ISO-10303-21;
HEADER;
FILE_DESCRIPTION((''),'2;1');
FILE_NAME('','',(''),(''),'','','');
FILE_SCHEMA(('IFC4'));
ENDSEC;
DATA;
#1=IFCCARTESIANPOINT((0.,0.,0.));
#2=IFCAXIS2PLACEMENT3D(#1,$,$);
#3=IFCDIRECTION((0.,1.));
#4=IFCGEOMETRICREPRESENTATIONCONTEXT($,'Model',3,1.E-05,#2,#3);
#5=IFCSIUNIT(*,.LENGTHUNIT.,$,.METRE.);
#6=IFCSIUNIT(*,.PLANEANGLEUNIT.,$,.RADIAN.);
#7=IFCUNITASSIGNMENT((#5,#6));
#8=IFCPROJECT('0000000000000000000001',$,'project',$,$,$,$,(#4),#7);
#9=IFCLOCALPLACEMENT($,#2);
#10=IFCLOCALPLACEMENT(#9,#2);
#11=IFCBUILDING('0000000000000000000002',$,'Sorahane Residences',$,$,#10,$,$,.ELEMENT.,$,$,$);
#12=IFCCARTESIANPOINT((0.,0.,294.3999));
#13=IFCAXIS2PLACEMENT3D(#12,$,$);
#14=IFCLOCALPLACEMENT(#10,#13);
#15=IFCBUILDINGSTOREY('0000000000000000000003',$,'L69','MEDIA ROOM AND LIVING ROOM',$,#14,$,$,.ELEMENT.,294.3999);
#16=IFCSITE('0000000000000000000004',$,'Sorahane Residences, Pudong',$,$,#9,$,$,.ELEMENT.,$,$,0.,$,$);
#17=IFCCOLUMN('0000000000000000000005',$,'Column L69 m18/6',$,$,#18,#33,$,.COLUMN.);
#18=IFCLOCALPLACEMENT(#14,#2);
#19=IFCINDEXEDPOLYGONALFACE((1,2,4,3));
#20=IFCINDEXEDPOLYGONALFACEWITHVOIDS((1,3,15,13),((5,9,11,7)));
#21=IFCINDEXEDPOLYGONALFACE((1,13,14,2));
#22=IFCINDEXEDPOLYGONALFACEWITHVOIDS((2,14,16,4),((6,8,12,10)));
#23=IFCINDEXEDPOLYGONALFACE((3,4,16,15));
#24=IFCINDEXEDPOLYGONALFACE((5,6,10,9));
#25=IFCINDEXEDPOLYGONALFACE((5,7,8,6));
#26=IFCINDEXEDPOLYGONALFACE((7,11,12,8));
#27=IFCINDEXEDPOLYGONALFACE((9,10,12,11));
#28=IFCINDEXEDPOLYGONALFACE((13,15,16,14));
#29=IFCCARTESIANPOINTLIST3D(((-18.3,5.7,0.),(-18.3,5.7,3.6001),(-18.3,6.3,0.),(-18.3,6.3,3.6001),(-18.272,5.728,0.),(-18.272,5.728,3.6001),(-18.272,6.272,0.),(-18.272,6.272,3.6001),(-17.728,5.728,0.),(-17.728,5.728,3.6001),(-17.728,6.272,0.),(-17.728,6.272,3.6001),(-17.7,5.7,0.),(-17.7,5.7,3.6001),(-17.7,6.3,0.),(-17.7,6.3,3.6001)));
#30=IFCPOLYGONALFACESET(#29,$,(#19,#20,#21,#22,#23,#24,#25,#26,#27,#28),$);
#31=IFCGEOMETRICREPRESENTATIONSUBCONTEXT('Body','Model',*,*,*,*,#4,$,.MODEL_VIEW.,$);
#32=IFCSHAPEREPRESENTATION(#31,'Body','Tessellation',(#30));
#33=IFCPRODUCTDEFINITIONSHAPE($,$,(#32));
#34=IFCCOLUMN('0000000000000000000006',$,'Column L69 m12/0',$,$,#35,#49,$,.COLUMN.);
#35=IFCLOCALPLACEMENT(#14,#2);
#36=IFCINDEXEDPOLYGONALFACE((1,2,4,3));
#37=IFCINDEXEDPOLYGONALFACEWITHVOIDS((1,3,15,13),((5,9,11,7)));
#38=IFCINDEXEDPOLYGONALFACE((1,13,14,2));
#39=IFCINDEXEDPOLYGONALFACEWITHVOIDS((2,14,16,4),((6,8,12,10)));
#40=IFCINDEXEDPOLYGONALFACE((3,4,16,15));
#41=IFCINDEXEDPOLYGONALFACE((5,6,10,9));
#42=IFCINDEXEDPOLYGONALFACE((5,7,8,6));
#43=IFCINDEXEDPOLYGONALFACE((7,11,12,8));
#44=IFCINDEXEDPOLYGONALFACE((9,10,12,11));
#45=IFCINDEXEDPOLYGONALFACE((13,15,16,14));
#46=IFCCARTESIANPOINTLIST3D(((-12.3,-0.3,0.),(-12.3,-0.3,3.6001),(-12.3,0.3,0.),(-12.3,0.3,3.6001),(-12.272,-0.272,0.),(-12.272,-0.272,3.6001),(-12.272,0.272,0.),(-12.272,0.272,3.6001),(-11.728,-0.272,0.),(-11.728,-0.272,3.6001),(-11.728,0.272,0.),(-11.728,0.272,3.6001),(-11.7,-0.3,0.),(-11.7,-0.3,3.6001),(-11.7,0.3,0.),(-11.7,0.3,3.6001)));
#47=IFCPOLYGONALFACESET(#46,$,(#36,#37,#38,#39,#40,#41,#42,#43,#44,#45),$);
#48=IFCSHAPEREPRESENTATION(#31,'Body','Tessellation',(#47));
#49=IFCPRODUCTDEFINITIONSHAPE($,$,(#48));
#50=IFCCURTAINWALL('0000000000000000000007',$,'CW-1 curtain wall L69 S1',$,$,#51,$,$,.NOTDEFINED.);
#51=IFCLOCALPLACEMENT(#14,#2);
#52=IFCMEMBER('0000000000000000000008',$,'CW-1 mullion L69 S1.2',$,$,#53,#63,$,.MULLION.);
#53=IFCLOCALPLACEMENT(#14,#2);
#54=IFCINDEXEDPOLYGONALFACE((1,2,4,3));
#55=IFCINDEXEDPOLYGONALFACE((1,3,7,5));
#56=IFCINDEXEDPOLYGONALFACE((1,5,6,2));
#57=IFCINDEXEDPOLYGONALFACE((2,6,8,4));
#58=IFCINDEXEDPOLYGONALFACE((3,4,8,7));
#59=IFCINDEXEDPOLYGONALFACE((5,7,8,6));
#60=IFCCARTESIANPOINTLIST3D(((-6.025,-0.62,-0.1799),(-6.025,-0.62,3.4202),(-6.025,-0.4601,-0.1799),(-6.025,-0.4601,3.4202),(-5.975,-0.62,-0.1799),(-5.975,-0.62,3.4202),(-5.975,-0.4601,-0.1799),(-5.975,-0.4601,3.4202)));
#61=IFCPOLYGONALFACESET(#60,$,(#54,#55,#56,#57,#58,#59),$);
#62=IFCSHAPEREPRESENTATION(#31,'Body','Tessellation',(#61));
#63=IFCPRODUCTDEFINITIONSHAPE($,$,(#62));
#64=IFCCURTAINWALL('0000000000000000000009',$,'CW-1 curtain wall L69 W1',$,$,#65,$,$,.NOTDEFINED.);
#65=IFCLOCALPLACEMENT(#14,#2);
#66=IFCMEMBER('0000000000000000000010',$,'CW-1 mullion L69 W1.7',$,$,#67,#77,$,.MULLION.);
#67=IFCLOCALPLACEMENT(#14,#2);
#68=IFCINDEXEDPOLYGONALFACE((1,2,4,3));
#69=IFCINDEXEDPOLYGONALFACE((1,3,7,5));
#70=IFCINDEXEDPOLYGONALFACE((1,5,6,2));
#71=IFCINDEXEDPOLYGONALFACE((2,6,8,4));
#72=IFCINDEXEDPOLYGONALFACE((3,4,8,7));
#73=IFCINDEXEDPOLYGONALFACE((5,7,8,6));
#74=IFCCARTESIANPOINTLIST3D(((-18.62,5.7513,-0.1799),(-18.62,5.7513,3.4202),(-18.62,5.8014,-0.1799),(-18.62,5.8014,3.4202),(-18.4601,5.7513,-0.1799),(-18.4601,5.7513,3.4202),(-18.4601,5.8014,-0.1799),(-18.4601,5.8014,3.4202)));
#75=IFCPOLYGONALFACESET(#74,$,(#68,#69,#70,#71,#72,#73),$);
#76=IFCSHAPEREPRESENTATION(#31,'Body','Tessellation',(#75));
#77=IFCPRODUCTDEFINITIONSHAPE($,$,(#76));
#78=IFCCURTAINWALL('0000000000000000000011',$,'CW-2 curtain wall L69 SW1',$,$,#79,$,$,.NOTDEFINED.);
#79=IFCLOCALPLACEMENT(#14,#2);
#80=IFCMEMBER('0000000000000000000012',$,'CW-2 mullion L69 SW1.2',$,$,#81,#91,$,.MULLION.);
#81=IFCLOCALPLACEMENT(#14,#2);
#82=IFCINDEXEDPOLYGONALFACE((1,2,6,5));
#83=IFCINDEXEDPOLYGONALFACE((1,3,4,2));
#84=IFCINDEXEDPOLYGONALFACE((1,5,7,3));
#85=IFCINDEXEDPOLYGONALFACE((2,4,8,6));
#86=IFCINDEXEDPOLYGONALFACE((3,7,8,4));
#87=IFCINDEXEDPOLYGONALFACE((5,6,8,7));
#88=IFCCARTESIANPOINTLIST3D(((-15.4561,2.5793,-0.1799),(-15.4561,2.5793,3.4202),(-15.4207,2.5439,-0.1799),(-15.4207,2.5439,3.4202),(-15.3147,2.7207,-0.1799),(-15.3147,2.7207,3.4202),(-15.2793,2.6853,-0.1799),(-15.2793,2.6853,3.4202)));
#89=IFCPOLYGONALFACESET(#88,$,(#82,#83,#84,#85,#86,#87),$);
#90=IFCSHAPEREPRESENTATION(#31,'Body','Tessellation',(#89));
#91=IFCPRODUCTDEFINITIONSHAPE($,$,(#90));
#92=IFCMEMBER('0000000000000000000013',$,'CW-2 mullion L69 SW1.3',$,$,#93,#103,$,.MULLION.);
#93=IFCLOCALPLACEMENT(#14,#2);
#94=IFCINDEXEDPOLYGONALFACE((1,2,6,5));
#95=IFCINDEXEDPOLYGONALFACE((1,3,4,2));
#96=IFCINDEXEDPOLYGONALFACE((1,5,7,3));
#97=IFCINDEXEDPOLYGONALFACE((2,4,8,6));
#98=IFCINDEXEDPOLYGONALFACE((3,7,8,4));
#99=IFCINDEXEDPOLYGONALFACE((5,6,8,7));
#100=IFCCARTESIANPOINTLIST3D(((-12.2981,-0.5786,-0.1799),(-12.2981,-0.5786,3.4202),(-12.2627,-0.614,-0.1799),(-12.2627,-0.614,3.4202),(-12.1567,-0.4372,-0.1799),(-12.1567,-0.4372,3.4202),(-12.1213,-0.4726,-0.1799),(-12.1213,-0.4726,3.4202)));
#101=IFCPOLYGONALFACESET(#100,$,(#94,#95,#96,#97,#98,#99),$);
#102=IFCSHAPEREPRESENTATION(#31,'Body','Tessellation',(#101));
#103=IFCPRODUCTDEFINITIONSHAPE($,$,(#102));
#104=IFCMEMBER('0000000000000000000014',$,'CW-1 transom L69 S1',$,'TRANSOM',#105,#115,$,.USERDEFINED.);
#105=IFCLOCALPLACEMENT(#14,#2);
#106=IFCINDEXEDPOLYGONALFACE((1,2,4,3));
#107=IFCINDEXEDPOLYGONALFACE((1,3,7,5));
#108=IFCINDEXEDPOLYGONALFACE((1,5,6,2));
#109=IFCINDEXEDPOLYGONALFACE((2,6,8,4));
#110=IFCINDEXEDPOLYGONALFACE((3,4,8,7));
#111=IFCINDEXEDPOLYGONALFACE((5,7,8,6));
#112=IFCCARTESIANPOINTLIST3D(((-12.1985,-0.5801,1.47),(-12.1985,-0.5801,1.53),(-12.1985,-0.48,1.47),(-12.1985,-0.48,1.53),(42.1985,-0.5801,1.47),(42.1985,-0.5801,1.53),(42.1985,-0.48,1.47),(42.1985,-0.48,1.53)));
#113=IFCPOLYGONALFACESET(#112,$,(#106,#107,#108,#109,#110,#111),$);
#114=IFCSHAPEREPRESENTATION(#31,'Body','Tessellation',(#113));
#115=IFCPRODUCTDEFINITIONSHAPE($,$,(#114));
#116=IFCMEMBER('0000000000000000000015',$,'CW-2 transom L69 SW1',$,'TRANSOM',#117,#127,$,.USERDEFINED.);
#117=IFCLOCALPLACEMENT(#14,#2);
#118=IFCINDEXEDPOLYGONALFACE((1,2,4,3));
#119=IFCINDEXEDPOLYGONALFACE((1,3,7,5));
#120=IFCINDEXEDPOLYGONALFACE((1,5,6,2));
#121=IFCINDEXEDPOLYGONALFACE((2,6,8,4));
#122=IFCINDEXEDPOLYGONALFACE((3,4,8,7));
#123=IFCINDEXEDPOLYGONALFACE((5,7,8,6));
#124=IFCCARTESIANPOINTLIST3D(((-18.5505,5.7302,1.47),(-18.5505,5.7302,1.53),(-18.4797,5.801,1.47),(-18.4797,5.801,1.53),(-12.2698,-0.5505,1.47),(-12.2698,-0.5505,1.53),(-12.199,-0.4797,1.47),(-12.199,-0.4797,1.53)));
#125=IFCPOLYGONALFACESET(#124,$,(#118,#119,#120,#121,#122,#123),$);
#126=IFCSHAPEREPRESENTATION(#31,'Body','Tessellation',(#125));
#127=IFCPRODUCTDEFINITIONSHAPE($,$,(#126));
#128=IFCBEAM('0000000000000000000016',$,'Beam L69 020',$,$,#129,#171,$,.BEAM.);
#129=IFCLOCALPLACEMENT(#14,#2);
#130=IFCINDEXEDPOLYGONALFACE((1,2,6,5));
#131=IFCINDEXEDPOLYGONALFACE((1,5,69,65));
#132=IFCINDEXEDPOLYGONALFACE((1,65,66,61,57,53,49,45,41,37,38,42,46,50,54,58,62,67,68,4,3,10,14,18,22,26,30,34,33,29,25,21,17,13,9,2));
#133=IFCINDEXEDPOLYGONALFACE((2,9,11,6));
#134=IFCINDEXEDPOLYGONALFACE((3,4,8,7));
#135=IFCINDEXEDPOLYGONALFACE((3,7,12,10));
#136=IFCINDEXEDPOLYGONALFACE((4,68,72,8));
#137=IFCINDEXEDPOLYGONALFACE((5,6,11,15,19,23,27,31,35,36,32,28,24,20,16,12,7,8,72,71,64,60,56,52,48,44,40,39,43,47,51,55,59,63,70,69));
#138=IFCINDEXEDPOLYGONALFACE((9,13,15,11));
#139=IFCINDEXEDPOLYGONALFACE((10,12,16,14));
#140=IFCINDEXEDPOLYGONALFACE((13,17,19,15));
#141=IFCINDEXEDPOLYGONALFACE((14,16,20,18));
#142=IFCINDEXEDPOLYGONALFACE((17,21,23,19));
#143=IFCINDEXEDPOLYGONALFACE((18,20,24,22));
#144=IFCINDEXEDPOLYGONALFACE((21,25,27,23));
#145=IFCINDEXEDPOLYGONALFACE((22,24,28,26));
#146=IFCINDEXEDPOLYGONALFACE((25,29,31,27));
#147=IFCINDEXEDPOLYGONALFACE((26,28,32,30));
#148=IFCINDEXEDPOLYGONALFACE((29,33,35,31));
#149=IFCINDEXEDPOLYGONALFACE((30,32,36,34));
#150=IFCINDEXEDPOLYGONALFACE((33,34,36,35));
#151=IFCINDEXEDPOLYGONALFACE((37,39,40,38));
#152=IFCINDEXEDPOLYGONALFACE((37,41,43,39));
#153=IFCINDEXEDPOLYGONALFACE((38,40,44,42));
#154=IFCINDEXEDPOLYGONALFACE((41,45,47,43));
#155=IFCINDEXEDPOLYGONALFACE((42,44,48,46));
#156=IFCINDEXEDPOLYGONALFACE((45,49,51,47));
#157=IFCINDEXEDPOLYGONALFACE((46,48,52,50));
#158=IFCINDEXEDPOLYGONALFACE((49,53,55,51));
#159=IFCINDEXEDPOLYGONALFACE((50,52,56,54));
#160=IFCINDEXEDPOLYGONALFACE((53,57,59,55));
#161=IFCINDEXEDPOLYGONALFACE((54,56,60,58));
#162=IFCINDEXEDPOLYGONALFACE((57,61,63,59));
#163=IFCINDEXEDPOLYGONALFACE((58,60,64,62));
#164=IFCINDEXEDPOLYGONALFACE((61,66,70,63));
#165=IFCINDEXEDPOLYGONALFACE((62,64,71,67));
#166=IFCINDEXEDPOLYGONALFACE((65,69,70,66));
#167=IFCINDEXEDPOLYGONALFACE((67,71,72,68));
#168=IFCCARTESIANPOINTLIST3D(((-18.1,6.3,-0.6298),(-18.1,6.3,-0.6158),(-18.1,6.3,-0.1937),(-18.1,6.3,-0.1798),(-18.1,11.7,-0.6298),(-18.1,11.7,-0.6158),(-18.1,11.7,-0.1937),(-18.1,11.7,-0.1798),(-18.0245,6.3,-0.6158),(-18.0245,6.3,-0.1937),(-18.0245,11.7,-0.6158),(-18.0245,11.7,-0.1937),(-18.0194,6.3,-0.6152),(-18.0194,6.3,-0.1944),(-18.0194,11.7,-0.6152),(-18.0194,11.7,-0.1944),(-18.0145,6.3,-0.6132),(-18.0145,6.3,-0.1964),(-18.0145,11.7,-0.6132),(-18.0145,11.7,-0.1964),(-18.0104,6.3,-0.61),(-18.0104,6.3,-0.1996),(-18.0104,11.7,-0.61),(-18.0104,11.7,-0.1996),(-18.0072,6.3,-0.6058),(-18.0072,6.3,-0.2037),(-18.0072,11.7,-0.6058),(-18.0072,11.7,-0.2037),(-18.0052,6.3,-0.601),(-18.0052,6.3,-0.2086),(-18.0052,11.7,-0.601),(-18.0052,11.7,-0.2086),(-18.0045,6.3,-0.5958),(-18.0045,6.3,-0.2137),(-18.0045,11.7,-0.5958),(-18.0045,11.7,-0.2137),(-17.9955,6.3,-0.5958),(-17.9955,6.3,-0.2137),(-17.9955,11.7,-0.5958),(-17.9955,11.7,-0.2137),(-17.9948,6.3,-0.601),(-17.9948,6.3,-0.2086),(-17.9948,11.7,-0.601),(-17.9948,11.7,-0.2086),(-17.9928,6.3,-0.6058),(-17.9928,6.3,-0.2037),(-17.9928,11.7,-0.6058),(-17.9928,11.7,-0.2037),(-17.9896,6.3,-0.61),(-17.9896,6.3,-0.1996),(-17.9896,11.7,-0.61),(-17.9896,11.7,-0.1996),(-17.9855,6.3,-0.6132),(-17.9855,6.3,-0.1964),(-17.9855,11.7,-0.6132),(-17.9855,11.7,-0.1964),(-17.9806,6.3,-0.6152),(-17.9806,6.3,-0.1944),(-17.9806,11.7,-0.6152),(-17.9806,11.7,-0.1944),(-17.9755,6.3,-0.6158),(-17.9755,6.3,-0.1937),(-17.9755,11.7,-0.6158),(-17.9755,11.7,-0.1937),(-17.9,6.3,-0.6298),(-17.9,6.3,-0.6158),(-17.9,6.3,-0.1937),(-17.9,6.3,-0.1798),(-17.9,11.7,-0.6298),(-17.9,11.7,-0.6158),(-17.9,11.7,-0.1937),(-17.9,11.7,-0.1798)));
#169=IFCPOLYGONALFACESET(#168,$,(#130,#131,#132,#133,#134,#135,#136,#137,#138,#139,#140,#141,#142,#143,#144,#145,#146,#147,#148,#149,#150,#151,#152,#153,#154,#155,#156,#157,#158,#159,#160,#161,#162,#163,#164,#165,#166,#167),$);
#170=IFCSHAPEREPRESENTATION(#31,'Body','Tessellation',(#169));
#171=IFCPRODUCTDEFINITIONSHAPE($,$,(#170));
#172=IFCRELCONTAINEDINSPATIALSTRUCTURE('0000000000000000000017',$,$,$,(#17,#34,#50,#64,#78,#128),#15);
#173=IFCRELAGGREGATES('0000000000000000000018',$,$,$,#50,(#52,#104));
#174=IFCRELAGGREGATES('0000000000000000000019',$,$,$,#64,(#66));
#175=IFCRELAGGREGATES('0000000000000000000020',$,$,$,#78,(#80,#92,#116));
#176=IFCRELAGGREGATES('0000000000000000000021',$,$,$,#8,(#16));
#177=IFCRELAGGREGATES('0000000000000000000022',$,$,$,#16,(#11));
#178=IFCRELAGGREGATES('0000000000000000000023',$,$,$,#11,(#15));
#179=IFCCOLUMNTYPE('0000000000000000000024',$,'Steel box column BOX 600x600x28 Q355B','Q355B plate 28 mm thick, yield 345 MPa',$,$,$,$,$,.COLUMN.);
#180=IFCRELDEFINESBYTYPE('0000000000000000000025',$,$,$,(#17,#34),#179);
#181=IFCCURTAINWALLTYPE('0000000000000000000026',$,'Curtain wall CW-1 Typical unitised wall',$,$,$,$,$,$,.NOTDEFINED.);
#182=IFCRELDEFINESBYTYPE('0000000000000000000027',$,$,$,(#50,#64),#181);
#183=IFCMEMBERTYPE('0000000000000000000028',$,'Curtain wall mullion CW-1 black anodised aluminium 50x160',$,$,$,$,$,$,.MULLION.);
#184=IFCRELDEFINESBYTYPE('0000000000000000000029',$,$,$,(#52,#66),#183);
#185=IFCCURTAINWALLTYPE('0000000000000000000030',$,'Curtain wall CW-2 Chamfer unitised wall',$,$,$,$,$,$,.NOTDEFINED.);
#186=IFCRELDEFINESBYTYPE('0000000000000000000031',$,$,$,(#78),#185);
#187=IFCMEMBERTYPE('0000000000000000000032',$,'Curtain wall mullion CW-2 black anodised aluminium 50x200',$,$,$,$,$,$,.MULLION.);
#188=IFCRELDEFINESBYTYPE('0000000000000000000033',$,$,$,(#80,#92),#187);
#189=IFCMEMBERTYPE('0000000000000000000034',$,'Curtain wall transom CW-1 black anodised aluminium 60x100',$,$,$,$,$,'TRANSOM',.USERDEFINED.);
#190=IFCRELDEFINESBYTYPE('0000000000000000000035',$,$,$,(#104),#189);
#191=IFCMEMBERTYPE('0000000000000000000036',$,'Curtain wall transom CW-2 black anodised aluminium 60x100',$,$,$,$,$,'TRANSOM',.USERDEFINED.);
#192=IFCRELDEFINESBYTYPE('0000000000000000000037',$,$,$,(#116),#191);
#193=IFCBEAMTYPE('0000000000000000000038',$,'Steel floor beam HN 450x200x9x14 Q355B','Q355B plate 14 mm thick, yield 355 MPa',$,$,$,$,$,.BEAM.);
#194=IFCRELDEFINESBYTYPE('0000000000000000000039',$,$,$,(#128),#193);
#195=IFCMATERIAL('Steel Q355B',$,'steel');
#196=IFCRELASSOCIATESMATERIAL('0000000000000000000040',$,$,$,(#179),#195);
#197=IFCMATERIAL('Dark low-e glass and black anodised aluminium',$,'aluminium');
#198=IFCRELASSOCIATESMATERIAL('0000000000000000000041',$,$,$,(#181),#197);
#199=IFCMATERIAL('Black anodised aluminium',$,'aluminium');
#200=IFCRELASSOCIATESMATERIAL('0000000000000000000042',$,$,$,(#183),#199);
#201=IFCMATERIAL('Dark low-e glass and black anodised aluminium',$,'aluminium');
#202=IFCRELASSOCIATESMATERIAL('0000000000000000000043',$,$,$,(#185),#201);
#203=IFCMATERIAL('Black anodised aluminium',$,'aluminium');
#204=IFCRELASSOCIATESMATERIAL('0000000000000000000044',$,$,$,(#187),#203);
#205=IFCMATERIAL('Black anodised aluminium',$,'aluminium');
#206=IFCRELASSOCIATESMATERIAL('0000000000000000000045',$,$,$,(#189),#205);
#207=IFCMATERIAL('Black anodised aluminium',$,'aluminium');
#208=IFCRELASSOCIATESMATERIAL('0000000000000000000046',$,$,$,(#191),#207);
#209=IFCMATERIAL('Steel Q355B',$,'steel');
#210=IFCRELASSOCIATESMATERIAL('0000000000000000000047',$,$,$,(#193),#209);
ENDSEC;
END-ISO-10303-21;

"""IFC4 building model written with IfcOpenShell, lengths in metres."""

from ifc_helpers import new_model, si_unit, direction, frame, origin, origin_2d, place, context, subcontext, project, spatial, rectangle, hollow_rectangle, i_section, extrude, material, material_profile, profile_set, type_object, element, aggregate, save


model = new_model("IFC4")

# Units and contexts
model_context = context("Model", 3, precision=1e-05, world=origin(), true_north=direction((0.0, 1.0)))
body_context = subcontext(model_context, "Body", "Model", "MODEL_VIEW")
ifc_project = project(units=[si_unit("LENGTHUNIT", "METRE"), si_unit("PLANEANGLEUNIT", "RADIAN")], contexts=[model_context])

# Site, building, storey
site_placement = place(None, origin())
site = spatial("IfcSite", under=ifc_project, at=site_placement, Name="Sorahane Residences, Pudong", CompositionType="ELEMENT", RefElevation=0.0)
building_placement = place(site_placement, origin())
building = spatial("IfcBuilding", under=site, at=building_placement, Name="Sorahane Residences", CompositionType="ELEMENT")
storey_placement = place(building_placement, frame((0.0, 0.0, 294.3999)))
storey = spatial("IfcBuildingStorey", under=building, at=storey_placement, Name="L69", Description="MEDIA ROOM AND LIVING ROOM", CompositionType="ELEMENT", Elevation=294.3999)

# Columns
ifc_material_1 = material(Name="Steel Q355B", Category="steel")
ifc_material_profile_1 = material_profile(ifc_material_1, hollow_rectangle(XDim=0.6001, YDim=0.6001, WallThickness=0.0281, at=origin_2d()), Name="BOX 600x600x28")
ifc_profile_set_1 = profile_set([ifc_material_profile_1], Name="Steel Q355B")
column_type = type_object("IfcColumnType", Name="Steel box column BOX 600x600x28 Q355B", Description="Q355B plate 28 mm thick, yield 345 MPa", PredefinedType="COLUMN", material=ifc_profile_set_1)
for number, where, z_axis, x_axis, name in (
    (1, (-18.0, 6.0, 0.0), (0.0, 0.0, 1.0), (1.0, 0.0, 0.0), "Column L69 m18/6"),
    (2, (-12.0, 0.0, 0.0), (0.0, 0.0, 1.0), (1.0, 0.0, 0.0), "Column L69 m12/0"),
):
    element("IfcColumn", number, at=place(storey_placement, frame(where, z_axis=z_axis, x_axis=x_axis)), inside=storey, type_object=column_type, Name=name, PredefinedType="COLUMN", context=body_context, shape_type="SweptSolid", body=[
        extrude(hollow_rectangle(XDim=0.6001, YDim=0.6001, WallThickness=0.0281, at=origin_2d()), origin(), (0.0, 0.0, 1.0), 3.6001),
    ])

# Curtain walls, members
ifc_material_2 = material(Name="Dark low-e glass and black anodised aluminium", Category="aluminium")
curtain_wall_type_1 = type_object("IfcCurtainWallType", Name="Curtain wall CW-1 Typical unitised wall", PredefinedType="NOTDEFINED", material=ifc_material_2)
curtain_wall_1_placement = place(storey_placement, origin())
curtain_wall_1 = element("IfcCurtainWall", 3, at=curtain_wall_1_placement, inside=storey, type_object=curtain_wall_type_1, Name="CW-1 curtain wall L69 S1", PredefinedType="NOTDEFINED")
ifc_material_3 = material(Name="Black anodised aluminium", Category="aluminium")
ifc_material_profile_2 = material_profile(ifc_material_3, rectangle(XDim=0.1599, YDim=0.05, at=origin_2d()), Name="Curtain wall mullion CW-1 black anodised aluminium 50x160")
ifc_profile_set_2 = profile_set([ifc_material_profile_2], Name="Black anodised aluminium")
member_type_1 = type_object("IfcMemberType", Name="Curtain wall mullion CW-1 black anodised aluminium 50x160", PredefinedType="MULLION", material=ifc_profile_set_2)
member_1_placement = place(storey_placement, frame((-6.0, -0.54, -0.1799), z_axis=(0.0, 0.0, 1.0), x_axis=(0.0, -1.0, 0.0)))
member_1 = element("IfcMember", 4, at=member_1_placement, type_object=member_type_1, Name="CW-1 mullion L69 S1.2", PredefinedType="MULLION", context=body_context, shape_type="SweptSolid", body=[
    extrude(rectangle(XDim=0.1599, YDim=0.05, at=origin_2d()), origin(), (0.0, 0.0, 1.0), 3.6001),
])
curtain_wall_2_placement = place(storey_placement, origin())
curtain_wall_2 = element("IfcCurtainWall", 5, at=curtain_wall_2_placement, inside=storey, type_object=curtain_wall_type_1, Name="CW-1 curtain wall L69 W1", PredefinedType="NOTDEFINED")
member_2_placement = place(storey_placement, frame((-18.54, 5.7764, -0.1799), z_axis=(0.0, 0.0, 1.0), x_axis=(-1.0, 0.0, 0.0)))
member_2 = element("IfcMember", 6, at=member_2_placement, type_object=member_type_1, Name="CW-1 mullion L69 W1.7", PredefinedType="MULLION", context=body_context, shape_type="SweptSolid", body=[
    extrude(rectangle(XDim=0.1599, YDim=0.05, at=origin_2d()), origin(), (0.0, 0.0, 1.0), 3.6001),
])

# Curtain wall, members
ifc_material_4 = material(Name="Dark low-e glass and black anodised aluminium", Category="aluminium")
curtain_wall_type_2 = type_object("IfcCurtainWallType", Name="Curtain wall CW-2 Chamfer unitised wall", PredefinedType="NOTDEFINED", material=ifc_material_4)
curtain_wall_3_placement = place(storey_placement, origin())
curtain_wall_3 = element("IfcCurtainWall", 7, at=curtain_wall_3_placement, inside=storey, type_object=curtain_wall_type_2, Name="CW-2 curtain wall L69 SW1", PredefinedType="NOTDEFINED")
ifc_material_5 = material(Name="Black anodised aluminium", Category="aluminium")
ifc_material_profile_3 = material_profile(ifc_material_5, rectangle(XDim=0.2, YDim=0.05, at=origin_2d()), Name="Curtain wall mullion CW-2 black anodised aluminium 50x200")
ifc_profile_set_3 = profile_set([ifc_material_profile_3], Name="Black anodised aluminium")
member_type_2 = type_object("IfcMemberType", Name="Curtain wall mullion CW-2 black anodised aluminium 50x200", PredefinedType="MULLION", material=ifc_profile_set_3)
member_3_placement = place(storey_placement, frame((-15.3677, 2.6323, -0.1799), z_axis=(0.0, 0.0, 1.0), x_axis=(-0.707107, -0.707107, 0.0)))
member_3 = element("IfcMember", 8, at=member_3_placement, type_object=member_type_2, Name="CW-2 mullion L69 SW1.2", PredefinedType="MULLION", context=body_context, shape_type="SweptSolid", body=[
    extrude(rectangle(XDim=0.2, YDim=0.05, at=origin_2d()), origin(), (0.0, 0.0, 1.0), 3.6001),
])
member_4_placement = place(storey_placement, frame((-12.2097, -0.5256, -0.1799), z_axis=(0.0, 0.0, 1.0), x_axis=(-0.707107, -0.707107, 0.0)))
member_4 = element("IfcMember", 9, at=member_4_placement, type_object=member_type_2, Name="CW-2 mullion L69 SW1.3", PredefinedType="MULLION", context=body_context, shape_type="SweptSolid", body=[
    extrude(rectangle(XDim=0.2, YDim=0.05, at=origin_2d()), origin(), (0.0, 0.0, 1.0), 3.6001),
])

# Members
ifc_material_6 = material(Name="Black anodised aluminium", Category="aluminium")
ifc_material_profile_4 = material_profile(ifc_material_6, rectangle(XDim=0.1001, YDim=0.0601, at=origin_2d()), Name="Curtain wall transom CW-1 black anodised aluminium 60x100")
ifc_profile_set_4 = profile_set([ifc_material_profile_4], Name="Black anodised aluminium")
member_type_3 = type_object("IfcMemberType", Name="Curtain wall transom CW-1 black anodised aluminium 60x100", ElementType="TRANSOM", PredefinedType="USERDEFINED", material=ifc_profile_set_4)
member_5_placement = place(storey_placement, frame((-12.1985, -0.53, 1.5), z_axis=(1.0, 0.0, 0.0), x_axis=(0.0, 1.0, 0.0)))
member_5 = element("IfcMember", 10, at=member_5_placement, type_object=member_type_3, Name="CW-1 transom L69 S1", ObjectType="TRANSOM", PredefinedType="USERDEFINED", context=body_context, shape_type="SweptSolid", body=[
    extrude(rectangle(XDim=0.1001, YDim=0.0601, at=origin_2d()), origin(), (0.0, 0.0, 1.0), 54.397),
])
ifc_material_7 = material(Name="Black anodised aluminium", Category="aluminium")
ifc_material_profile_5 = material_profile(ifc_material_7, rectangle(XDim=0.1001, YDim=0.0601, at=origin_2d()), Name="Curtain wall transom CW-2 black anodised aluminium 60x100")
ifc_profile_set_5 = profile_set([ifc_material_profile_5], Name="Black anodised aluminium")
member_type_4 = type_object("IfcMemberType", Name="Curtain wall transom CW-2 black anodised aluminium 60x100", ElementType="TRANSOM", PredefinedType="USERDEFINED", material=ifc_profile_set_5)
member_6_placement = place(storey_placement, frame((-18.5151, 5.7656, 1.5), z_axis=(0.707107, -0.707107, 0.0), x_axis=(0.707107, 0.707107, 0.0)))
member_6 = element("IfcMember", 11, at=member_6_placement, type_object=member_type_4, Name="CW-2 transom L69 SW1", ObjectType="TRANSOM", PredefinedType="USERDEFINED", context=body_context, shape_type="SweptSolid", body=[
    extrude(rectangle(XDim=0.1001, YDim=0.0601, at=origin_2d()), origin(), (0.0, 0.0, 1.0), 8.8823),
])

# Beam
ifc_material_8 = material(Name="Steel Q355B", Category="steel")
ifc_material_profile_6 = material_profile(ifc_material_8, i_section(OverallWidth=0.2, OverallDepth=0.45, WebThickness=0.009, FlangeThickness=0.0139, FilletRadius=0.02, at=origin_2d()), Name="HN 450x200x9x14")
ifc_profile_set_6 = profile_set([ifc_material_profile_6], Name="Steel Q355B")
beam_type_1 = type_object("IfcBeamType", Name="Steel floor beam HN 450x200x9x14 Q355B", Description="Q355B plate 14 mm thick, yield 355 MPa", PredefinedType="BEAM", material=ifc_profile_set_6)
beam_1_placement = place(storey_placement, frame((-18.0, 6.3, -0.4048), z_axis=(0.0, 1.0, 0.0), x_axis=(-1.0, 0.0, 0.0)))
element("IfcBeam", 12, at=beam_1_placement, inside=storey, type_object=beam_type_1, Name="Beam L69 020", PredefinedType="BEAM", context=body_context, shape_type="SweptSolid", body=[
    extrude(i_section(OverallWidth=0.2, OverallDepth=0.45, WebThickness=0.009, FlangeThickness=0.0139, FilletRadius=0.02, at=origin_2d()), origin(), (0.0, 0.0, 1.0), 5.3999),
])

aggregate(curtain_wall_1, [member_1, member_5])
aggregate(curtain_wall_2, [member_2])
aggregate(curtain_wall_3, [member_3, member_4, member_6])

save(model, "model.ifc")
